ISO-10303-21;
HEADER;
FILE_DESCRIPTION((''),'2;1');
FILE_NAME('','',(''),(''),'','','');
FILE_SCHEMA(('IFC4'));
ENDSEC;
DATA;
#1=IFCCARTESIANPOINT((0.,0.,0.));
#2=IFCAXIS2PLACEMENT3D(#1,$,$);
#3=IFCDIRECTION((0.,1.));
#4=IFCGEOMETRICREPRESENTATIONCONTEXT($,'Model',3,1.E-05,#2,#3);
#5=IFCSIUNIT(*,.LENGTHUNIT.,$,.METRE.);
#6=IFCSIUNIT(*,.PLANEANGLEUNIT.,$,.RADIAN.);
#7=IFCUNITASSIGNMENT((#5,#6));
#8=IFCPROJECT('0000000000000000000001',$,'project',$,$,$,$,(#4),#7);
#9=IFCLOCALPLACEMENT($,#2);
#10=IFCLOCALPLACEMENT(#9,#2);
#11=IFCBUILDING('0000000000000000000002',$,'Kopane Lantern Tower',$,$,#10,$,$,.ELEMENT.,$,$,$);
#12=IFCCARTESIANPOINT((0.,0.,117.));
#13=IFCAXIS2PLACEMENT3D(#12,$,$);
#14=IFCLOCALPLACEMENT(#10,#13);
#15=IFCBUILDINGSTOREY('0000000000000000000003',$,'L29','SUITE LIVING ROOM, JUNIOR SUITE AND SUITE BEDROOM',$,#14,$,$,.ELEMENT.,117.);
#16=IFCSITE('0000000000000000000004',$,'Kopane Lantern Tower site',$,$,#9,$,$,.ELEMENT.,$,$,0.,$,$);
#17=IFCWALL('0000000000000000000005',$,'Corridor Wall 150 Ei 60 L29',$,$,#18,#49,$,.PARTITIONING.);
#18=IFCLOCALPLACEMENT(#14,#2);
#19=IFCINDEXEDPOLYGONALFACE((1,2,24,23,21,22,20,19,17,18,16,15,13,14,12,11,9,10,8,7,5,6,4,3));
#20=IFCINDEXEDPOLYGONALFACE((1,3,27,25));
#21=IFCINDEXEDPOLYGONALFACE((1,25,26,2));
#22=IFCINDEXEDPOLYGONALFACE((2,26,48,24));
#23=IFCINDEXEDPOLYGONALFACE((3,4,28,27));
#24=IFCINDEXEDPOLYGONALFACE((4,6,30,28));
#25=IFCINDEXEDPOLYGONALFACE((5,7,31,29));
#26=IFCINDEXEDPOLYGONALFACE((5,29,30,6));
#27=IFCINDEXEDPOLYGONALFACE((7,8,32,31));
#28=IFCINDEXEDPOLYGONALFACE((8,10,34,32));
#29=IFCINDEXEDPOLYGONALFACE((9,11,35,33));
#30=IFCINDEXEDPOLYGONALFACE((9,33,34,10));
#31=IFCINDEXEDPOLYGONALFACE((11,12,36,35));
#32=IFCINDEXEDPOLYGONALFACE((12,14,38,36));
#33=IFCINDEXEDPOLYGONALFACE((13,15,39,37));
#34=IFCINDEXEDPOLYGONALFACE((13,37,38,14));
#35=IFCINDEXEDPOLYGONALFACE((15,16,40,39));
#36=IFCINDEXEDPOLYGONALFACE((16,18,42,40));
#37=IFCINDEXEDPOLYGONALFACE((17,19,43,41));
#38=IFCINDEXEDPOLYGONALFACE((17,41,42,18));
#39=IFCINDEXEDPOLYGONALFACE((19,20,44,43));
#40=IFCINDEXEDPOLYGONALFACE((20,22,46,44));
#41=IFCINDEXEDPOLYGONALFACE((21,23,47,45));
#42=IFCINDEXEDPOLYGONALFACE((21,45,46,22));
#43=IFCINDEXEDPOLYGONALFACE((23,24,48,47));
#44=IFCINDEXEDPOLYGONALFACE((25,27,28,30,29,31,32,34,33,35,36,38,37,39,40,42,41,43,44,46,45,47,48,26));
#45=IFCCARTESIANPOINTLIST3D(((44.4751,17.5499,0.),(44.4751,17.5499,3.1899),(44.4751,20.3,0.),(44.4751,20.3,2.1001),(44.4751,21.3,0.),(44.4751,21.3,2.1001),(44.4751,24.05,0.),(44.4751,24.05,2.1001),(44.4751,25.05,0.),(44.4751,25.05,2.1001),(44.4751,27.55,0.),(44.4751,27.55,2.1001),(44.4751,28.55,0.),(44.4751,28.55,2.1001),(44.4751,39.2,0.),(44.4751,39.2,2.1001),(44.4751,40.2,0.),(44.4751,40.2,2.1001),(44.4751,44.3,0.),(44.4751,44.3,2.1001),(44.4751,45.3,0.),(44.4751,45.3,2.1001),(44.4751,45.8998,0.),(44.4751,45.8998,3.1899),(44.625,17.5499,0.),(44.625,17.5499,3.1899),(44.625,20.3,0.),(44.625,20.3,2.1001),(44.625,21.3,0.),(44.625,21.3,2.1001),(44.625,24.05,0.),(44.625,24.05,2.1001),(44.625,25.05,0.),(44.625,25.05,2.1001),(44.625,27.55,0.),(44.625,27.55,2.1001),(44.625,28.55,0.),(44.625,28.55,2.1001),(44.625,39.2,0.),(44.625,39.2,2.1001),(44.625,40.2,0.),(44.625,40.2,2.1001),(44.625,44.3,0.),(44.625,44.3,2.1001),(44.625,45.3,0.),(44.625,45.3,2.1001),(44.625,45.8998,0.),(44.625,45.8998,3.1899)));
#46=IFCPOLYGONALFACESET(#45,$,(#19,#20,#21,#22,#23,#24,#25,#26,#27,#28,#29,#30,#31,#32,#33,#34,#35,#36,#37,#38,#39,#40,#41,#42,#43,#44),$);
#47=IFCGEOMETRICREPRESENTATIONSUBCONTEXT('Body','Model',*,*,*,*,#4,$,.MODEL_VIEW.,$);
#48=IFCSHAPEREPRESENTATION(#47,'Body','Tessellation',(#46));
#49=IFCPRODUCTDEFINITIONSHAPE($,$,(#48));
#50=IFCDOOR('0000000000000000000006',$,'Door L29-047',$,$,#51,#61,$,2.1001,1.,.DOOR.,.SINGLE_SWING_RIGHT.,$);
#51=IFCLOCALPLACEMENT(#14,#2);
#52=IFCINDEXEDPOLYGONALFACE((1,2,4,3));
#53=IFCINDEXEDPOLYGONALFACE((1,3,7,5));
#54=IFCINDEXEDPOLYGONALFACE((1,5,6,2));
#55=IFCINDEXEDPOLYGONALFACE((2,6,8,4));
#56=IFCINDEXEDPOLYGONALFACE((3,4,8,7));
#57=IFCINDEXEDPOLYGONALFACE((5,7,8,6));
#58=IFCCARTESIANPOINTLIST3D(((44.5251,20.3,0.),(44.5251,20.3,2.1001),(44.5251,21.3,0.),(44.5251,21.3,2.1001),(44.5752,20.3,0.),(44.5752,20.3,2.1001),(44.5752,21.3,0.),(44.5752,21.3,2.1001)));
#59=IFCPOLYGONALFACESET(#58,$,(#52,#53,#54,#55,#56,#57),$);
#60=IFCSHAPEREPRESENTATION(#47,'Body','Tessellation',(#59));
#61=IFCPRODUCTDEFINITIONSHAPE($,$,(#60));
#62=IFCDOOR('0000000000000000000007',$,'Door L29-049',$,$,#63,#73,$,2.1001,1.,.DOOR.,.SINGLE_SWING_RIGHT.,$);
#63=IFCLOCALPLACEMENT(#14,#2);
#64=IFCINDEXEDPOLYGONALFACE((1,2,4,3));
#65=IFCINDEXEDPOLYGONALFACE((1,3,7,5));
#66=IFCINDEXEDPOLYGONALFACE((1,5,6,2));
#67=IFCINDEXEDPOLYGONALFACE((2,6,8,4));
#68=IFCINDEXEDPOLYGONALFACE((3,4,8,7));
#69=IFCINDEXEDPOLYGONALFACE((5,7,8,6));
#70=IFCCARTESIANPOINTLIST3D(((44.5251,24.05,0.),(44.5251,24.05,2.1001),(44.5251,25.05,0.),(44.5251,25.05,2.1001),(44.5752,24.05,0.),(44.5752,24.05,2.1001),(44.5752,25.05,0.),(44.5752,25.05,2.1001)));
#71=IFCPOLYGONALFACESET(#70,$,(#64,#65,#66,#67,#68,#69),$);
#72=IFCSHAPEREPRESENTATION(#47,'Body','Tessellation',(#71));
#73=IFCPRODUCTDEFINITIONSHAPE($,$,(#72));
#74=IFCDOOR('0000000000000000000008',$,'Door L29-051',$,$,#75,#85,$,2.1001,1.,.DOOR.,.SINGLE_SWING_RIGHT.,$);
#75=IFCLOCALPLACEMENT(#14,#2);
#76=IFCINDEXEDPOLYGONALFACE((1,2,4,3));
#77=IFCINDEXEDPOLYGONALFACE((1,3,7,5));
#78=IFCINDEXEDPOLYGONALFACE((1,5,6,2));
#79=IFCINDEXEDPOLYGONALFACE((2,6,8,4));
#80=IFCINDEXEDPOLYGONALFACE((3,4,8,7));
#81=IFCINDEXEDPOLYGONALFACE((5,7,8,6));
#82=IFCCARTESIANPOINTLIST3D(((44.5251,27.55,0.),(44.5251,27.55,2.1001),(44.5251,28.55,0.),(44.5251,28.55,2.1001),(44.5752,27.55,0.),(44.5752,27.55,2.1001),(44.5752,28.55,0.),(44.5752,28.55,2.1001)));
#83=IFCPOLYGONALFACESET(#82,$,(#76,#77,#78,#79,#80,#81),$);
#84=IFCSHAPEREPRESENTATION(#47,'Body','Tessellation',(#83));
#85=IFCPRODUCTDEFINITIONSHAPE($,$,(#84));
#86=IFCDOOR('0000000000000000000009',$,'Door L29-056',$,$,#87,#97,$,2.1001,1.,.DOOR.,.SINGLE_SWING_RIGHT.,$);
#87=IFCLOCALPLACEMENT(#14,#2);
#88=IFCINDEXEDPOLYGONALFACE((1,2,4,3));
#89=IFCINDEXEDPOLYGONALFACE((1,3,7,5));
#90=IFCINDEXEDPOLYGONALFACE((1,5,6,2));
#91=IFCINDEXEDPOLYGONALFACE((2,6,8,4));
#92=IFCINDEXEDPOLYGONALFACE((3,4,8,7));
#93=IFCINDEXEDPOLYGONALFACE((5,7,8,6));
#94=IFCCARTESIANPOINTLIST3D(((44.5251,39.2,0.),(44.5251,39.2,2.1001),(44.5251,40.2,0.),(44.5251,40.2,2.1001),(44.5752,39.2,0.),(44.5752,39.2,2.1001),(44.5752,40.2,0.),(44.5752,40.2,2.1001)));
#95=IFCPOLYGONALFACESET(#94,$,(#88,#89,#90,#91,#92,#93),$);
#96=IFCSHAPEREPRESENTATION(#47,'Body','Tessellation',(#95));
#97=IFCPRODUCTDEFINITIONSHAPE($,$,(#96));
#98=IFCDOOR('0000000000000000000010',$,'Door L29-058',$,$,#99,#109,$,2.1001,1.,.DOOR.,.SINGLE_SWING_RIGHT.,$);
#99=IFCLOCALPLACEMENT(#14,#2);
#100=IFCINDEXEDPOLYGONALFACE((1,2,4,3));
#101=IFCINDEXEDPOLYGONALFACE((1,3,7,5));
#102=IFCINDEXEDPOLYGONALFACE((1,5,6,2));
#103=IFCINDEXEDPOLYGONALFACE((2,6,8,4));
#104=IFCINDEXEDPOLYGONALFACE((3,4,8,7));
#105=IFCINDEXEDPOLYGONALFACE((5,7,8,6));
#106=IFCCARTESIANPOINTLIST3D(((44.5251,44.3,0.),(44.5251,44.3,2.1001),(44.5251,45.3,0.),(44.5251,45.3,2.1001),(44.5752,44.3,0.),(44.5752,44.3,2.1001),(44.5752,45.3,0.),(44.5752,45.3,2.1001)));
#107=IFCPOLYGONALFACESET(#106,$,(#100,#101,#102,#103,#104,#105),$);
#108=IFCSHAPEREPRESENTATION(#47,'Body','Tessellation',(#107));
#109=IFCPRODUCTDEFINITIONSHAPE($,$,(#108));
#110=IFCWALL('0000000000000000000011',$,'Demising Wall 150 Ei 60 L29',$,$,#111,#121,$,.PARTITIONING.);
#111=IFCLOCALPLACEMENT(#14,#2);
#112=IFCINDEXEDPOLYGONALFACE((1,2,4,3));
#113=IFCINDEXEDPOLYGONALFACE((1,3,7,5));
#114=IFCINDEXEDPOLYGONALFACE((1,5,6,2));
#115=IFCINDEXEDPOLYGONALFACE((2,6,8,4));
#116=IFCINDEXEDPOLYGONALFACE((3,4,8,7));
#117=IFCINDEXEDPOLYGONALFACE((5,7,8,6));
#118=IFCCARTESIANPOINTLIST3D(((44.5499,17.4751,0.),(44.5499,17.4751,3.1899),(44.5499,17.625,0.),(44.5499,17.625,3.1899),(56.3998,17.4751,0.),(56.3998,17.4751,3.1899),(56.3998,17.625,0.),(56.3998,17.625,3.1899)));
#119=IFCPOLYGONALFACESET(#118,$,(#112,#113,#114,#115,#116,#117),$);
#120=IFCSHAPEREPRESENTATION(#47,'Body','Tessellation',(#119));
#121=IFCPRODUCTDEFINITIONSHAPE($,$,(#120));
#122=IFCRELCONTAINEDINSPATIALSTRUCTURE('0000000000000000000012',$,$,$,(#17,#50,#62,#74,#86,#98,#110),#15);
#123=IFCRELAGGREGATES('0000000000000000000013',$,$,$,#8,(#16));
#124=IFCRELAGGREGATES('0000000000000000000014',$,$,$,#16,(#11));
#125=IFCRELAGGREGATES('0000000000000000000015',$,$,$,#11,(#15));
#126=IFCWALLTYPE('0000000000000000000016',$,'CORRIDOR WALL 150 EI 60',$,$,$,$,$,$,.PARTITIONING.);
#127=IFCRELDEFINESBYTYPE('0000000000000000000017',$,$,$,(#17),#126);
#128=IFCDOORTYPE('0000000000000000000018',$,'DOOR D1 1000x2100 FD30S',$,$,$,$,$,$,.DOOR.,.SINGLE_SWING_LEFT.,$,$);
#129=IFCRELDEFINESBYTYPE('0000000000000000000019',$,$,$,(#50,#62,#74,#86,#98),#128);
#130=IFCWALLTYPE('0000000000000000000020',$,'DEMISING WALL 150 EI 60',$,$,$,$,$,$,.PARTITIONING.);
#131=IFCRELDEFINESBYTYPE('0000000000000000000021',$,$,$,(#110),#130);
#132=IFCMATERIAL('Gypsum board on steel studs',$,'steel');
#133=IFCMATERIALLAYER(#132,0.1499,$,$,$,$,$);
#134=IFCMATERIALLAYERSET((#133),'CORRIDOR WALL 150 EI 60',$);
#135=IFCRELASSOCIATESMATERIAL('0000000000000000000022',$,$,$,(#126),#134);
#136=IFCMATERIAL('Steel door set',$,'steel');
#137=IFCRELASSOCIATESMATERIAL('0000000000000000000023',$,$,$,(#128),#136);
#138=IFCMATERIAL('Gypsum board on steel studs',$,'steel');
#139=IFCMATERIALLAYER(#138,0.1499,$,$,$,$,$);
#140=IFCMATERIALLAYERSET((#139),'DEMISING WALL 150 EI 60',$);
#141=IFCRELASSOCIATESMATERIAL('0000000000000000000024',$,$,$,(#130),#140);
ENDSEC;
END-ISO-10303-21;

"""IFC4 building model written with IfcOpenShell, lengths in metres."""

from ifc_helpers import new_model, si_unit, direction, frame, frame_2d, origin, place, context, subcontext, project, spatial, rectangle, extrude, material, layer, layer_set, type_object, element, fill, save


model = new_model("IFC4")

# Units and contexts
model_context = context("Model", 3, precision=1e-05, world=origin(), true_north=direction((0.0, 1.0)))
body_context = subcontext(model_context, "Body", "Model", "MODEL_VIEW")
ifc_project = project(units=[si_unit("LENGTHUNIT", "METRE"), si_unit("PLANEANGLEUNIT", "RADIAN")], contexts=[model_context])

# Site, building, storey
site_placement = place(None, origin())
site = spatial("IfcSite", under=ifc_project, at=site_placement, Name="Kopane Lantern Tower site", CompositionType="ELEMENT", RefElevation=0.0)
building_placement = place(site_placement, origin())
building = spatial("IfcBuilding", under=site, at=building_placement, Name="Kopane Lantern Tower", CompositionType="ELEMENT")
storey_placement = place(building_placement, frame((0.0, 0.0, 117.0)))
storey = spatial("IfcBuildingStorey", under=building, at=storey_placement, Name="L29", Description="SUITE LIVING ROOM, JUNIOR SUITE AND SUITE BEDROOM", CompositionType="ELEMENT", Elevation=117.0)

# Wall, openings, doors
ifc_material_1 = material(Name="Gypsum board on steel studs", Category="steel")
ifc_layer_1 = layer(ifc_material_1, 0.1499)
ifc_layer_set_1 = layer_set([ifc_layer_1], Name="CORRIDOR WALL 150 EI 60")
wall_type_1 = type_object("IfcWallType", Name="CORRIDOR WALL 150 EI 60", PredefinedType="PARTITIONING", material=ifc_layer_set_1)
wall_1_placement = place(storey_placement, frame((44.55, 17.55, 0.0), z_axis=(0.0, 0.0, 1.0), x_axis=(0.0, 1.0, 0.0)))
wall_1 = element("IfcWall", 1, at=wall_1_placement, inside=storey, type_object=wall_type_1, Name="Corridor Wall 150 Ei 60 L29", PredefinedType="PARTITIONING", context=body_context, shape_type="SweptSolid", body=[
    extrude(rectangle(XDim=28.3499, YDim=0.1499, at=frame_2d((14.1748, 0.0))), origin(), (0.0, 0.0, 1.0), 3.1899),
])
opening_1_placement = place(wall_1_placement, frame((2.75, 0.0, 0.0)))
opening_1 = element("IfcOpeningElement", 2, at=opening_1_placement, cuts=wall_1, PredefinedType="OPENING", context=body_context, shape_type="SweptSolid", body=[
    extrude(rectangle(XDim=1.0, YDim=2.1001, at=frame_2d((0.5, 1.05))), frame((0.0, 0.085, 0.0), z_axis=(0.0, -1.0, 0.0), x_axis=(1.0, 0.0, 0.0)), (0.0, 0.0, 1.0), 0.1699),
])
opening_2_placement = place(wall_1_placement, frame((6.5, 0.0, 0.0)))
opening_2 = element("IfcOpeningElement", 3, at=opening_2_placement, cuts=wall_1, PredefinedType="OPENING", context=body_context, shape_type="SweptSolid", body=[
    extrude(rectangle(XDim=1.0, YDim=2.1001, at=frame_2d((0.5, 1.05))), frame((0.0, 0.085, 0.0), z_axis=(0.0, -1.0, 0.0), x_axis=(1.0, 0.0, 0.0)), (0.0, 0.0, 1.0), 0.1699),
])
opening_3_placement = place(wall_1_placement, frame((10.0, 0.0, 0.0)))
opening_3 = element("IfcOpeningElement", 4, at=opening_3_placement, cuts=wall_1, PredefinedType="OPENING", context=body_context, shape_type="SweptSolid", body=[
    extrude(rectangle(XDim=1.0, YDim=2.1001, at=frame_2d((0.5, 1.05))), frame((0.0, 0.085, 0.0), z_axis=(0.0, -1.0, 0.0), x_axis=(1.0, 0.0, 0.0)), (0.0, 0.0, 1.0), 0.1699),
])
opening_4_placement = place(wall_1_placement, frame((21.6499, 0.0, 0.0)))
opening_4 = element("IfcOpeningElement", 5, at=opening_4_placement, cuts=wall_1, PredefinedType="OPENING", context=body_context, shape_type="SweptSolid", body=[
    extrude(rectangle(XDim=1.0, YDim=2.1001, at=frame_2d((0.5, 1.05))), frame((0.0, 0.085, 0.0), z_axis=(0.0, -1.0, 0.0), x_axis=(1.0, 0.0, 0.0)), (0.0, 0.0, 1.0), 0.1699),
])
opening_5_placement = place(wall_1_placement, frame((26.75, 0.0, 0.0)))
opening_5 = element("IfcOpeningElement", 6, at=opening_5_placement, cuts=wall_1, PredefinedType="OPENING", context=body_context, shape_type="SweptSolid", body=[
    extrude(rectangle(XDim=1.0, YDim=2.1001, at=frame_2d((0.5, 1.05))), frame((0.0, 0.085, 0.0), z_axis=(0.0, -1.0, 0.0), x_axis=(1.0, 0.0, 0.0)), (0.0, 0.0, 1.0), 0.1699),
])
ifc_material_2 = material(Name="Steel door set", Category="steel")
door_type_1 = type_object("IfcDoorType", Name="DOOR D1 1000x2100 FD30S", OperationType="SINGLE_SWING_LEFT", PredefinedType="DOOR", material=ifc_material_2)
door_1_placement = place(opening_1_placement, origin())
door_1 = element("IfcDoor", 7, at=door_1_placement, inside=storey, type_object=door_type_1, Name="Door L29-047", OperationType="SINGLE_SWING_RIGHT", OverallHeight=2.1001, OverallWidth=1.0, PredefinedType="DOOR", context=body_context, shape_type="SweptSolid", body=[
    extrude(rectangle(XDim=1.0, YDim=2.1001, at=frame_2d((0.5, 1.05))), frame((0.0, 0.0249, 0.0), z_axis=(0.0, -1.0, 0.0), x_axis=(1.0, 0.0, 0.0)), (0.0, 0.0, 1.0), 0.05),
])
fill(opening_1, door_1)
door_2_placement = place(opening_2_placement, origin())
door_2 = element("IfcDoor", 8, at=door_2_placement, inside=storey, type_object=door_type_1, Name="Door L29-049", OperationType="SINGLE_SWING_RIGHT", OverallHeight=2.1001, OverallWidth=1.0, PredefinedType="DOOR", context=body_context, shape_type="SweptSolid", body=[
    extrude(rectangle(XDim=1.0, YDim=2.1001, at=frame_2d((0.5, 1.05))), frame((0.0, 0.0249, 0.0), z_axis=(0.0, -1.0, 0.0), x_axis=(1.0, 0.0, 0.0)), (0.0, 0.0, 1.0), 0.05),
])
fill(opening_2, door_2)
door_3_placement = place(opening_3_placement, origin())
door_3 = element("IfcDoor", 9, at=door_3_placement, inside=storey, type_object=door_type_1, Name="Door L29-051", OperationType="SINGLE_SWING_RIGHT", OverallHeight=2.1001, OverallWidth=1.0, PredefinedType="DOOR", context=body_context, shape_type="SweptSolid", body=[
    extrude(rectangle(XDim=1.0, YDim=2.1001, at=frame_2d((0.5, 1.05))), frame((0.0, 0.0249, 0.0), z_axis=(0.0, -1.0, 0.0), x_axis=(1.0, 0.0, 0.0)), (0.0, 0.0, 1.0), 0.05),
])
fill(opening_3, door_3)
door_4_placement = place(opening_4_placement, origin())
door_4 = element("IfcDoor", 10, at=door_4_placement, inside=storey, type_object=door_type_1, Name="Door L29-056", OperationType="SINGLE_SWING_RIGHT", OverallHeight=2.1001, OverallWidth=1.0, PredefinedType="DOOR", context=body_context, shape_type="SweptSolid", body=[
    extrude(rectangle(XDim=1.0, YDim=2.1001, at=frame_2d((0.5, 1.05))), frame((0.0, 0.0249, 0.0), z_axis=(0.0, -1.0, 0.0), x_axis=(1.0, 0.0, 0.0)), (0.0, 0.0, 1.0), 0.05),
])
fill(opening_4, door_4)
door_5_placement = place(opening_5_placement, origin())
door_5 = element("IfcDoor", 11, at=door_5_placement, inside=storey, type_object=door_type_1, Name="Door L29-058", OperationType="SINGLE_SWING_RIGHT", OverallHeight=2.1001, OverallWidth=1.0, PredefinedType="DOOR", context=body_context, shape_type="SweptSolid", body=[
    extrude(rectangle(XDim=1.0, YDim=2.1001, at=frame_2d((0.5, 1.05))), frame((0.0, 0.0249, 0.0), z_axis=(0.0, -1.0, 0.0), x_axis=(1.0, 0.0, 0.0)), (0.0, 0.0, 1.0), 0.05),
])
fill(opening_5, door_5)

# Wall
ifc_material_3 = material(Name="Gypsum board on steel studs", Category="steel")
ifc_layer_2 = layer(ifc_material_3, 0.1499)
ifc_layer_set_2 = layer_set([ifc_layer_2], Name="DEMISING WALL 150 EI 60")
wall_type_2 = type_object("IfcWallType", Name="DEMISING WALL 150 EI 60", PredefinedType="PARTITIONING", material=ifc_layer_set_2)
wall_2_placement = place(storey_placement, frame((44.55, 17.55, 0.0), z_axis=(0.0, 0.0, 1.0), x_axis=(1.0, 0.0, 0.0)))
element("IfcWall", 12, at=wall_2_placement, inside=storey, type_object=wall_type_2, Name="Demising Wall 150 Ei 60 L29", PredefinedType="PARTITIONING", context=body_context, shape_type="SweptSolid", body=[
    extrude(rectangle(XDim=11.8499, YDim=0.1499, at=frame_2d((5.9248, 0.0))), origin(), (0.0, 0.0, 1.0), 3.1899),
])

save(model, "model.ifc")
